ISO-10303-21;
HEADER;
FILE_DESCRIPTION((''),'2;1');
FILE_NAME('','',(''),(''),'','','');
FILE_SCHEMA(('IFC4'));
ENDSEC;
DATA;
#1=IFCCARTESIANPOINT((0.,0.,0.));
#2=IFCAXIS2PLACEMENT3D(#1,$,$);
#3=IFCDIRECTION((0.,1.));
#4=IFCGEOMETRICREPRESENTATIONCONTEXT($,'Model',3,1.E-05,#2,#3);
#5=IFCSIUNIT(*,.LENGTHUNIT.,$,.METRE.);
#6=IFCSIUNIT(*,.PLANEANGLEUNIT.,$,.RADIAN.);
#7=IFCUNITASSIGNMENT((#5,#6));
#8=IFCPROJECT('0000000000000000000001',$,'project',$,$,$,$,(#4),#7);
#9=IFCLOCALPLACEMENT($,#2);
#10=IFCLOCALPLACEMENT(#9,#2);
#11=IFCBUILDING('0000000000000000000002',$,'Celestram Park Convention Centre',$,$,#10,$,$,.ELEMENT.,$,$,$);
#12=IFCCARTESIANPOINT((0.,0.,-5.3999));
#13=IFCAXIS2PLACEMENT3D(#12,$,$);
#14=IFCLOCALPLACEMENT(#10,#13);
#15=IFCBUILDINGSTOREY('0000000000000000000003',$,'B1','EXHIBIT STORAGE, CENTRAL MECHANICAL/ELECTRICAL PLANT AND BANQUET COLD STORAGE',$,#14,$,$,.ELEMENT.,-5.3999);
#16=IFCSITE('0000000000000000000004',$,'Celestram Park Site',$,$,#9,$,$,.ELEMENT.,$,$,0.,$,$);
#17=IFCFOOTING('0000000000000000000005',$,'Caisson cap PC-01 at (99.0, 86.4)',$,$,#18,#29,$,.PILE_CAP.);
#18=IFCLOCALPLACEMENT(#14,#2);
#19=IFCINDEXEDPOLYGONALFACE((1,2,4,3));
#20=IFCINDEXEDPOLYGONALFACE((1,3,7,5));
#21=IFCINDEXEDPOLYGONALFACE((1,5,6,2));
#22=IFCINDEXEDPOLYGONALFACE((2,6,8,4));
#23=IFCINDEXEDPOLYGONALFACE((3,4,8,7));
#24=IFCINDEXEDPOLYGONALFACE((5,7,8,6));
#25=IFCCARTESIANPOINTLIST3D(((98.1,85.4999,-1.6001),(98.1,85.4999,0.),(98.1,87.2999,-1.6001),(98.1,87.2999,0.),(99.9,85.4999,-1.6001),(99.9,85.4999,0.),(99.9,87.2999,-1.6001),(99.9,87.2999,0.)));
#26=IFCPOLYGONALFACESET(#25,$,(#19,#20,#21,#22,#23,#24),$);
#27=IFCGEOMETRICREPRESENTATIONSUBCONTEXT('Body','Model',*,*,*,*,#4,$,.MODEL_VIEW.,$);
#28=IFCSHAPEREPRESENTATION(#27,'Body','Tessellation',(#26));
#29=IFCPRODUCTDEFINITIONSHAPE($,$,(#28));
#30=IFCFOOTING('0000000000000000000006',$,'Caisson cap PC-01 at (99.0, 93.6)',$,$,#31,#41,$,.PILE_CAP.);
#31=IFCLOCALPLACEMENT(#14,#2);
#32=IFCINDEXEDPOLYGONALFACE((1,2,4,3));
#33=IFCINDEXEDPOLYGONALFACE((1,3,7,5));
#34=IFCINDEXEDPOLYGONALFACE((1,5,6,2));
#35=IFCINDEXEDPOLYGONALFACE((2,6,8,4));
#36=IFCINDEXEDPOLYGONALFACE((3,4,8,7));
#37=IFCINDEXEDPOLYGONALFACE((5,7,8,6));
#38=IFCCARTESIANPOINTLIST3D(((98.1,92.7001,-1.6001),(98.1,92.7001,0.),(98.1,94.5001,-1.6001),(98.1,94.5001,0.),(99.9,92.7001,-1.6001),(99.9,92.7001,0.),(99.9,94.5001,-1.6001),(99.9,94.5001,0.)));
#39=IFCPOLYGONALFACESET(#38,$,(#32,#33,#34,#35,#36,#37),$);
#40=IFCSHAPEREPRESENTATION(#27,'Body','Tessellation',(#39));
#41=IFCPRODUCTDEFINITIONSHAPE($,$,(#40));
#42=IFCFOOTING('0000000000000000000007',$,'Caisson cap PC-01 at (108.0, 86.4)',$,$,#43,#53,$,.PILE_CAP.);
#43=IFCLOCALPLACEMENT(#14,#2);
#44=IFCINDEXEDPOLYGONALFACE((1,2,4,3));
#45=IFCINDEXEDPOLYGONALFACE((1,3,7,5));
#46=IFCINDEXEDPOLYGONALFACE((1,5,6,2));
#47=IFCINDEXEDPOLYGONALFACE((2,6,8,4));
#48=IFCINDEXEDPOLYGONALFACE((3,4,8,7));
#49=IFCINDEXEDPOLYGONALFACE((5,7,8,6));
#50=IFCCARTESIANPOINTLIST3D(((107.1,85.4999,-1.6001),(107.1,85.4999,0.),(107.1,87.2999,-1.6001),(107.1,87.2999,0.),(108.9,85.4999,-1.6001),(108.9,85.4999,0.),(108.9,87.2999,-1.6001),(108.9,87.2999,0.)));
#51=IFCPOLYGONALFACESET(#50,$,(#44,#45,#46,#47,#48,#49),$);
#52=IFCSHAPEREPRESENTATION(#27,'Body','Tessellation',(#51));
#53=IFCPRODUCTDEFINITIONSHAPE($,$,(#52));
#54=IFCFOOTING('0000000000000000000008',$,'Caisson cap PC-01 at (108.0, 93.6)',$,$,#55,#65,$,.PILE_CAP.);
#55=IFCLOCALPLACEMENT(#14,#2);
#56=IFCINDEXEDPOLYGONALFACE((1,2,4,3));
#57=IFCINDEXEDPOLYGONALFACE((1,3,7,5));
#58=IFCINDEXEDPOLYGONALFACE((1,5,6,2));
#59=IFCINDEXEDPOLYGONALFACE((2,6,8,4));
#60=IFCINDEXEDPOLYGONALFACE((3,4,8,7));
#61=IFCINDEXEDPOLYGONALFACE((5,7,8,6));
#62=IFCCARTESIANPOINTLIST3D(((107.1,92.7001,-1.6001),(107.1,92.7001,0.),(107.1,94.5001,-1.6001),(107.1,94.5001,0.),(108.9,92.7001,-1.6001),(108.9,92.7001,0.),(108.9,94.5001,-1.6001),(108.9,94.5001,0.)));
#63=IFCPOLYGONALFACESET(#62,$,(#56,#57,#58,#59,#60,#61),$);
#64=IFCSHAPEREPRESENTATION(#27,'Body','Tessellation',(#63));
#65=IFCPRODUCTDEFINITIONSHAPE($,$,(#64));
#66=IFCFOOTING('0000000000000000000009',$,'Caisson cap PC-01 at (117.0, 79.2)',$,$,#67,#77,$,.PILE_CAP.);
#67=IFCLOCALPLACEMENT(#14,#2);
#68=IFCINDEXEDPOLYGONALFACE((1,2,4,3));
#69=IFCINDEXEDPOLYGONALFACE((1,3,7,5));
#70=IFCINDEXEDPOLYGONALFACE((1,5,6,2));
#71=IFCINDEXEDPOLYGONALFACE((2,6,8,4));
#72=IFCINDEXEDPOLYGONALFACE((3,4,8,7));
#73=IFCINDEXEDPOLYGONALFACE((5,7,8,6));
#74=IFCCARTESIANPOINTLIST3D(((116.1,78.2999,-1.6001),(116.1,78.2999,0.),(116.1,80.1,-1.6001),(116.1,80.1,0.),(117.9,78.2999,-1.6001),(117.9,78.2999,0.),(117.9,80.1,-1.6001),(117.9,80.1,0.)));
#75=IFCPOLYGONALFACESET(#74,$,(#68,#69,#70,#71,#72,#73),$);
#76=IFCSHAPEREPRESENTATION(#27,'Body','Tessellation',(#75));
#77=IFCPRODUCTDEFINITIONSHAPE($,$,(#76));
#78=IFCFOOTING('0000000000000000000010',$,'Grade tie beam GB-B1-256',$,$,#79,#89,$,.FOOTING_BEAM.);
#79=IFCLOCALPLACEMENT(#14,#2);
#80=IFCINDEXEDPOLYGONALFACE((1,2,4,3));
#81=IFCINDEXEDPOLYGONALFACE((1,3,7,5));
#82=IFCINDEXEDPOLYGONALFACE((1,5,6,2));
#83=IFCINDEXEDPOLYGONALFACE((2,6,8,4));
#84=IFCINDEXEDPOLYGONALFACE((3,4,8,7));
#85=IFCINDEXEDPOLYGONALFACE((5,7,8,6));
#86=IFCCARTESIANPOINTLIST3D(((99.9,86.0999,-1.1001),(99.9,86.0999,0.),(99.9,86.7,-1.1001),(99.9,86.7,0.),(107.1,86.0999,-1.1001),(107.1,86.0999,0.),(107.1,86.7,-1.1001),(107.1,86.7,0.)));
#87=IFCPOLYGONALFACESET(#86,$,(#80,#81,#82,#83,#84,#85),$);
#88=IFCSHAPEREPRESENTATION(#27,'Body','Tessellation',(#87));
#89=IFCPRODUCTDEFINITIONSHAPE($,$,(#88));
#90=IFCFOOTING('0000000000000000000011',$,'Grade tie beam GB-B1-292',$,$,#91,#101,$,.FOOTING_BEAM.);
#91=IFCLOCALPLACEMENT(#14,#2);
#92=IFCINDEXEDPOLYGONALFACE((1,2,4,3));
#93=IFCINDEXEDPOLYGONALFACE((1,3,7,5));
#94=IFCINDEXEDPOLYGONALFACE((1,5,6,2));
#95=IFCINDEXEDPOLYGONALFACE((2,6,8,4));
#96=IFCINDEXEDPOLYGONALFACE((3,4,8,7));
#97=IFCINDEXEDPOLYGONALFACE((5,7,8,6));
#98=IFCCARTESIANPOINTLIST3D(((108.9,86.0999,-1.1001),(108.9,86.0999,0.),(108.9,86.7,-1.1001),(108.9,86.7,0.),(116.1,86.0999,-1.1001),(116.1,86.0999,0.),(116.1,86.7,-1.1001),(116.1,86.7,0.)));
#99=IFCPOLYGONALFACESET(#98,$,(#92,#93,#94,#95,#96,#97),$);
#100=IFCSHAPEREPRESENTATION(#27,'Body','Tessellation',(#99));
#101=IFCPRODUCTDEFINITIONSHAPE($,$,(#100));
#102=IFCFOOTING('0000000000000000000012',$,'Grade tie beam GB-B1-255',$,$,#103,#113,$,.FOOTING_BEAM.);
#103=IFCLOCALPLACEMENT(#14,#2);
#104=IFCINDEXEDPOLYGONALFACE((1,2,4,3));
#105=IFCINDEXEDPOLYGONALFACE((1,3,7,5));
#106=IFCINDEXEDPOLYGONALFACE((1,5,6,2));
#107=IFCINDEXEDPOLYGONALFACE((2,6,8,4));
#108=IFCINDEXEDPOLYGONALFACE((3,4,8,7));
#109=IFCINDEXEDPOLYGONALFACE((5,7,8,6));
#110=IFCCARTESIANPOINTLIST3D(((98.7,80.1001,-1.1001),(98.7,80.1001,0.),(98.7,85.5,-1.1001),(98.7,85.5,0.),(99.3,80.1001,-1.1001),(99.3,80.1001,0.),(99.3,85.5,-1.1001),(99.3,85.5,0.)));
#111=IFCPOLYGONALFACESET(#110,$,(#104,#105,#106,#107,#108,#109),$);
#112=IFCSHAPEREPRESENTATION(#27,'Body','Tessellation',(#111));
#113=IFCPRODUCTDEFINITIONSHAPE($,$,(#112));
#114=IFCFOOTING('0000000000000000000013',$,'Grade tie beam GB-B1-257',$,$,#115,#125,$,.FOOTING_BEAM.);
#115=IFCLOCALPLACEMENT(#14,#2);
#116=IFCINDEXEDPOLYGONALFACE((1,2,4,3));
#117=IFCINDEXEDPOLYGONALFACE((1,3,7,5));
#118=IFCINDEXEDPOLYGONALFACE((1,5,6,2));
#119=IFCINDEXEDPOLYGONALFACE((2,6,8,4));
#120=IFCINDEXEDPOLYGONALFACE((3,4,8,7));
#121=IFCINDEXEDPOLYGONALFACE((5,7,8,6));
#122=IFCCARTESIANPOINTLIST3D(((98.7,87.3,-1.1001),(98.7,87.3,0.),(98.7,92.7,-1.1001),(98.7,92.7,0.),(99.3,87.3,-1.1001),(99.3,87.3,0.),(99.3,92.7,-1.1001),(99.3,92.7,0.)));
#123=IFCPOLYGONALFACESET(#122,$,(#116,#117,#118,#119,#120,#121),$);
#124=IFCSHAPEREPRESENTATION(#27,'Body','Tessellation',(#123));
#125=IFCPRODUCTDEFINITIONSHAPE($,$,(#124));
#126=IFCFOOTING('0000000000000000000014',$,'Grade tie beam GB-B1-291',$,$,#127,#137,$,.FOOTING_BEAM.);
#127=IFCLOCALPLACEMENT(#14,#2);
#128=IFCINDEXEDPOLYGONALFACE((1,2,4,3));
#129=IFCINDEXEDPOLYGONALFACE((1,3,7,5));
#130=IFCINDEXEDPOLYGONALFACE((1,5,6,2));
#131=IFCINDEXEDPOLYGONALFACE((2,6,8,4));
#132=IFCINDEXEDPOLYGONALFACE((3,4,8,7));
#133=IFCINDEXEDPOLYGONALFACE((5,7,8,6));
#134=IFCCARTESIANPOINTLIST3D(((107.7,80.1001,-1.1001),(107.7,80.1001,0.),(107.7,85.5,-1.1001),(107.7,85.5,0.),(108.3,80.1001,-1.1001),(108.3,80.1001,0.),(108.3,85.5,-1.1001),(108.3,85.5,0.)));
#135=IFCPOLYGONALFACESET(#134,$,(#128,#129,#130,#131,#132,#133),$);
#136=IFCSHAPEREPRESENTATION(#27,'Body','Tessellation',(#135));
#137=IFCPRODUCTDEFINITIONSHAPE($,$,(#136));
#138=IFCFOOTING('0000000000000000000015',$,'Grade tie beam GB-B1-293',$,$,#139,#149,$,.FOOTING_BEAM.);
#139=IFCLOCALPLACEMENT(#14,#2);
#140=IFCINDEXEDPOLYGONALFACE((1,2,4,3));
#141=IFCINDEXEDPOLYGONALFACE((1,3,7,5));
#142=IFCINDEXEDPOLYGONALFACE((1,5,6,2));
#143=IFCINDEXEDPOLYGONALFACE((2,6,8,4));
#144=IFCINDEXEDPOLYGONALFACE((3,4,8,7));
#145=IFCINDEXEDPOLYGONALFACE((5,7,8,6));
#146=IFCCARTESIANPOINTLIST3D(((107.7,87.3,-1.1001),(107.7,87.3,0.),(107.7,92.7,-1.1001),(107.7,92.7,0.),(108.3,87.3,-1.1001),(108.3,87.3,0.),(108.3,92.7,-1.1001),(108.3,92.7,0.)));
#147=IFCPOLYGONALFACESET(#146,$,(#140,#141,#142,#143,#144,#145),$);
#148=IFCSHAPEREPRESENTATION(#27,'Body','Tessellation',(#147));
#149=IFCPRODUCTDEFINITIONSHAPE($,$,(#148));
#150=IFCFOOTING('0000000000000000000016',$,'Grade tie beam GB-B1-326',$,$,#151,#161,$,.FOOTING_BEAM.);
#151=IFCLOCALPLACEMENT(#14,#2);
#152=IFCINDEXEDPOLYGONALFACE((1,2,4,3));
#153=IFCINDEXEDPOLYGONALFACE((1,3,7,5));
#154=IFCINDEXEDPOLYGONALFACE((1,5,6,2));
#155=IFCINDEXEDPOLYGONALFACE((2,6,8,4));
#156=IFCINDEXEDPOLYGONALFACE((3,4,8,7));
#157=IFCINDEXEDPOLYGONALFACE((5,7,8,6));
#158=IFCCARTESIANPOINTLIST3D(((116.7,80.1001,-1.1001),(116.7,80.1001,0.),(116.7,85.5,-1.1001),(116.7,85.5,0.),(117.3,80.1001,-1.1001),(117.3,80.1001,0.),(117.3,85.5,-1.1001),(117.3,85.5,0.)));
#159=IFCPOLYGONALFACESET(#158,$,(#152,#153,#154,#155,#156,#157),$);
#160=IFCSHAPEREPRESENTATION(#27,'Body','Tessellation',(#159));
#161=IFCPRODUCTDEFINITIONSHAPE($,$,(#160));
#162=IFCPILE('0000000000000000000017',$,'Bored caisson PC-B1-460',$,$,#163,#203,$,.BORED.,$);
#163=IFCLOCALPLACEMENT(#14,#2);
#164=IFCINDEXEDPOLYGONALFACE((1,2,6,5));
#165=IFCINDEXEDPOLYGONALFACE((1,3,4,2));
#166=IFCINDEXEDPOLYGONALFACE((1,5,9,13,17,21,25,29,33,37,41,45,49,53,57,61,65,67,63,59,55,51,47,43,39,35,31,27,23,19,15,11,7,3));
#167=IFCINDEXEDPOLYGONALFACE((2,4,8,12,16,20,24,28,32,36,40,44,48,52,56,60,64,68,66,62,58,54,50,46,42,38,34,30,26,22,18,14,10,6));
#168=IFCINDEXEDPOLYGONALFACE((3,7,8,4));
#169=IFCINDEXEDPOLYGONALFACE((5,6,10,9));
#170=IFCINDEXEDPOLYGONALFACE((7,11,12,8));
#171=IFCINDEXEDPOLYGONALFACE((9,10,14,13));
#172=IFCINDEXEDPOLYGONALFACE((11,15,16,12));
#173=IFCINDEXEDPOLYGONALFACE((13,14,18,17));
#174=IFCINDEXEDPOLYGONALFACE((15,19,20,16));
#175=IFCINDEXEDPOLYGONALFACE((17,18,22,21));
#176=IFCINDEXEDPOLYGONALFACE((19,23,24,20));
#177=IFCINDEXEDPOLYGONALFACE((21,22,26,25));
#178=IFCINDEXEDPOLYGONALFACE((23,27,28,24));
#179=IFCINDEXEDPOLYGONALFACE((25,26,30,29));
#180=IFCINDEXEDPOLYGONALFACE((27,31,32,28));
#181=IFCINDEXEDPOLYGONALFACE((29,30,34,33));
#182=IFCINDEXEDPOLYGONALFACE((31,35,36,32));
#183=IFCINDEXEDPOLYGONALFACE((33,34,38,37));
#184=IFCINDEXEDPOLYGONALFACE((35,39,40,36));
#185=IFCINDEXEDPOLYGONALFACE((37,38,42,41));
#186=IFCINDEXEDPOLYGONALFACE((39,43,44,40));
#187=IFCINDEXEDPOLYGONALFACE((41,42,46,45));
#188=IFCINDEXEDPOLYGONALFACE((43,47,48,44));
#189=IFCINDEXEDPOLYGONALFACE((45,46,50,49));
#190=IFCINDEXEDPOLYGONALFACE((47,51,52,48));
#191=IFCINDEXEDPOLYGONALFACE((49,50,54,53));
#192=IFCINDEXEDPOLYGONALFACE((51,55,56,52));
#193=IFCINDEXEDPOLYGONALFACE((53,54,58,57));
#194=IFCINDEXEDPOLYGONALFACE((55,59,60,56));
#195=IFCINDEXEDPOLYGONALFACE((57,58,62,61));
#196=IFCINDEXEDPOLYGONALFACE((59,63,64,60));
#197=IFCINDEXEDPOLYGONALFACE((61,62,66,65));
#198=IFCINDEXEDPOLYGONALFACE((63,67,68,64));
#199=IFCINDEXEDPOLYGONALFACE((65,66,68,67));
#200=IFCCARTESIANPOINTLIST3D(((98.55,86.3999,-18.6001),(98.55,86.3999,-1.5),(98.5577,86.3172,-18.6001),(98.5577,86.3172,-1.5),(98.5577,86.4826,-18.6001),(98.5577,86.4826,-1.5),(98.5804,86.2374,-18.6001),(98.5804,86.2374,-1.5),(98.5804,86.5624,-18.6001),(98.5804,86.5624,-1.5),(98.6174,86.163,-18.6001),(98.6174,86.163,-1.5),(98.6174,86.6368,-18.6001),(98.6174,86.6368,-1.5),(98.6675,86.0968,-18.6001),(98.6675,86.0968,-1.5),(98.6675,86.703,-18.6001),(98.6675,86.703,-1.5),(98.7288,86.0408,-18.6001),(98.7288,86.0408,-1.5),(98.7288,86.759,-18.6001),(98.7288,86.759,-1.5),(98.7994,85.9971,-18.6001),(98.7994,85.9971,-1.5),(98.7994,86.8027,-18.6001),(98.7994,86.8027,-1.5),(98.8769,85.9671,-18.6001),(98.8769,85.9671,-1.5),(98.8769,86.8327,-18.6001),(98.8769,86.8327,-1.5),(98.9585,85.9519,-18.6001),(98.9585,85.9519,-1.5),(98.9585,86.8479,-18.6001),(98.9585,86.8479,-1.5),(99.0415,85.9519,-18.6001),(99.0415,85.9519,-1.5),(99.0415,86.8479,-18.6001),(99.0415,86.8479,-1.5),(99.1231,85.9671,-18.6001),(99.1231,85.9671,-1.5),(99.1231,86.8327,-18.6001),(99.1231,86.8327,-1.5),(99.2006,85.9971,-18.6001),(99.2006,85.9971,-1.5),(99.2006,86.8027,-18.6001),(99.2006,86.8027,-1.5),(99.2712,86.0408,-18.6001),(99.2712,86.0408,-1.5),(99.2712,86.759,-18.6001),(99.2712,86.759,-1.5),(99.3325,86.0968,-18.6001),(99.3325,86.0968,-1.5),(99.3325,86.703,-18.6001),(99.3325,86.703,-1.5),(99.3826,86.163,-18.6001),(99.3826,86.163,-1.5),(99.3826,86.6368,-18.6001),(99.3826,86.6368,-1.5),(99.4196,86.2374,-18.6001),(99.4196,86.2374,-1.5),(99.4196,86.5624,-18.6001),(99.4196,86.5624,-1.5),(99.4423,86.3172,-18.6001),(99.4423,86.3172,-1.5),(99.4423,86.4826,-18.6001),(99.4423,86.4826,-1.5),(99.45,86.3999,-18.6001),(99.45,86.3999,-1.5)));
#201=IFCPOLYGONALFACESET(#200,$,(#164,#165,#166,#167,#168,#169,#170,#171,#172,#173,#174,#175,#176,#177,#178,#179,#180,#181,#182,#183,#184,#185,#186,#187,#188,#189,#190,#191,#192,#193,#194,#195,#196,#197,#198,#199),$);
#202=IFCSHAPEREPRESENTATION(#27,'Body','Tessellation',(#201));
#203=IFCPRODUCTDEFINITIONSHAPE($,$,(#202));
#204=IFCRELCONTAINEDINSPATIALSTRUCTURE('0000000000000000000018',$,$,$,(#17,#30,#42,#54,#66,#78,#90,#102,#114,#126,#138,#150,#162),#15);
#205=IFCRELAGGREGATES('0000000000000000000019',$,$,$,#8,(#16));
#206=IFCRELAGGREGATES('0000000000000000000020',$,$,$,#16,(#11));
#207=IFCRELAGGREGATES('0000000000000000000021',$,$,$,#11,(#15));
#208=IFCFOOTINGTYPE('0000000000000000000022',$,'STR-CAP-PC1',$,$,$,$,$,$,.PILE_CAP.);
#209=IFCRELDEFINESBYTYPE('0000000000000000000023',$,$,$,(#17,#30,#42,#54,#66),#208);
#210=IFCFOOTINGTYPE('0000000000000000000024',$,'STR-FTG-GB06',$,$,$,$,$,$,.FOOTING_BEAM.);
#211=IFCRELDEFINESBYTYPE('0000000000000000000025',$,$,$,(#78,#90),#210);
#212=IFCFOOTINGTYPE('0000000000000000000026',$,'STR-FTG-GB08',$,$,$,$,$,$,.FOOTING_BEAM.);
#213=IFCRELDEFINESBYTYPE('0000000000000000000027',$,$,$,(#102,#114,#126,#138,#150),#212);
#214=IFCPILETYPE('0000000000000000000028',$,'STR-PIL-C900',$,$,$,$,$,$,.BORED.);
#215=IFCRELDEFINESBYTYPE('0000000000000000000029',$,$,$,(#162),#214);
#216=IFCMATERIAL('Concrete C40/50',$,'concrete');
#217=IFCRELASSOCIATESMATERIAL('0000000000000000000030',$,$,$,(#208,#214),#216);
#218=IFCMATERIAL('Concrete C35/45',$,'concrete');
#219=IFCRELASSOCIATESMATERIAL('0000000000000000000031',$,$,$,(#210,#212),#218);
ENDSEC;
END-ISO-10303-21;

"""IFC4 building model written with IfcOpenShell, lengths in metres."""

from ifc_helpers import new_model, si_unit, direction, frame, origin, origin_2d, place, context, subcontext, project, spatial, rectangle, circle, extrude, material, material_profile, profile_set, type_object, element, save


model = new_model("IFC4")

# Units and contexts
model_context = context("Model", 3, precision=1e-05, world=origin(), true_north=direction((0.0, 1.0)))
body_context = subcontext(model_context, "Body", "Model", "MODEL_VIEW")
ifc_project = project(units=[si_unit("LENGTHUNIT", "METRE"), si_unit("PLANEANGLEUNIT", "RADIAN")], contexts=[model_context])

# Site, building, storey
site_placement = place(None, origin())
site = spatial("IfcSite", under=ifc_project, at=site_placement, Name="Celestram Park Site", CompositionType="ELEMENT", RefElevation=0.0)
building_placement = place(site_placement, origin())
building = spatial("IfcBuilding", under=site, at=building_placement, Name="Celestram Park Convention Centre", CompositionType="ELEMENT")
storey_placement = place(building_placement, frame((0.0, 0.0, -5.3999)))
storey = spatial("IfcBuildingStorey", under=building, at=storey_placement, Name="B1", Description="EXHIBIT STORAGE, CENTRAL MECHANICAL/ELECTRICAL PLANT AND BANQUET COLD STORAGE", CompositionType="ELEMENT", Elevation=-5.3999)

# Footings
ifc_material_1 = material(Name="Concrete C40/50", Category="concrete")
footing_type_1 = type_object("IfcFootingType", Name="STR-CAP-PC1", PredefinedType="PILE_CAP", material=ifc_material_1)
for number, where, z_axis, x_axis, name in (
    (1, (99.0, 86.3999, -1.6001), (0.0, 0.0, 1.0), (1.0, 0.0, 0.0), "Caisson cap PC-01 at (99.0, 86.4)"),
    (2, (99.0, 93.6001, -1.6001), (0.0, 0.0, 1.0), (1.0, 0.0, 0.0), "Caisson cap PC-01 at (99.0, 93.6)"),
    (3, (108.0, 86.3999, -1.6001), (0.0, 0.0, 1.0), (1.0, 0.0, 0.0), "Caisson cap PC-01 at (108.0, 86.4)"),
    (4, (108.0, 93.6001, -1.6001), (0.0, 0.0, 1.0), (1.0, 0.0, 0.0), "Caisson cap PC-01 at (108.0, 93.6)"),
    (5, (117.0, 79.2, -1.6001), (0.0, 0.0, 1.0), (1.0, 0.0, 0.0), "Caisson cap PC-01 at (117.0, 79.2)"),
):
    element("IfcFooting", number, at=place(storey_placement, frame(where, z_axis=z_axis, x_axis=x_axis)), inside=storey, type_object=footing_type_1, Name=name, PredefinedType="PILE_CAP", context=body_context, shape_type="SweptSolid", body=[
        extrude(rectangle(XDim=1.8, YDim=1.8, at=origin_2d()), origin(), (0.0, 0.0, 1.0), 1.6001),
    ])
ifc_material_2 = material(Name="Concrete C35/45", Category="concrete")
footing_type_2 = type_object("IfcFootingType", Name="STR-FTG-GB06", PredefinedType="FOOTING_BEAM", material=ifc_material_2)
for number, where, z_axis, x_axis, name in (
    (6, (103.5, 86.3999, -1.1001), (0.0, 0.0, 1.0), (1.0, 0.0, 0.0), "Grade tie beam GB-B1-256"),
    (7, (112.5, 86.3999, -1.1001), (0.0, 0.0, 1.0), (1.0, 0.0, 0.0), "Grade tie beam GB-B1-292"),
):
    element("IfcFooting", number, at=place(storey_placement, frame(where, z_axis=z_axis, x_axis=x_axis)), inside=storey, type_object=footing_type_2, Name=name, PredefinedType="FOOTING_BEAM", context=body_context, shape_type="SweptSolid", body=[
        extrude(rectangle(XDim=7.2, YDim=0.6001, at=origin_2d()), origin(), (0.0, 0.0, 1.0), 1.1001),
    ])
footing_type_3 = type_object("IfcFootingType", Name="STR-FTG-GB08", PredefinedType="FOOTING_BEAM", material=ifc_material_2)
for number, where, z_axis, x_axis, name in (
    (8, (99.0, 82.8, -1.1001), (0.0, 0.0, 1.0), (0.0, 1.0, 0.0), "Grade tie beam GB-B1-255"),
    (9, (99.0, 90.0, -1.1001), (0.0, 0.0, 1.0), (0.0, 1.0, 0.0), "Grade tie beam GB-B1-257"),
    (10, (108.0, 82.8, -1.1001), (0.0, 0.0, 1.0), (0.0, 1.0, 0.0), "Grade tie beam GB-B1-291"),
    (11, (108.0, 90.0, -1.1001), (0.0, 0.0, 1.0), (0.0, 1.0, 0.0), "Grade tie beam GB-B1-293"),
    (12, (117.0, 82.8, -1.1001), (0.0, 0.0, 1.0), (0.0, 1.0, 0.0), "Grade tie beam GB-B1-326"),
):
    element("IfcFooting", number, at=place(storey_placement, frame(where, z_axis=z_axis, x_axis=x_axis)), inside=storey, type_object=footing_type_3, Name=name, PredefinedType="FOOTING_BEAM", context=body_context, shape_type="SweptSolid", body=[
        extrude(rectangle(XDim=5.3999, YDim=0.6001, at=origin_2d()), origin(), (0.0, 0.0, 1.0), 1.1001),
    ])

# Pile
ifc_material_profile_1 = material_profile(ifc_material_1, circle(Radius=0.45, at=origin_2d()), Name="CAISSON900")
ifc_profile_set_1 = profile_set([ifc_material_profile_1], Name="Concrete C40/50")
pile_type = type_object("IfcPileType", Name="STR-PIL-C900", PredefinedType="BORED", material=ifc_profile_set_1)
for number, where, z_axis, x_axis, name in (
    (13, (99.0, 86.3999, -1.5), (0.0, 0.0, -1.0), (1.0, 0.0, 0.0), "Bored caisson PC-B1-460"),
):
    element("IfcPile", number, at=place(storey_placement, frame(where, z_axis=z_axis, x_axis=x_axis)), inside=storey, type_object=pile_type, Name=name, PredefinedType="BORED", context=body_context, shape_type="SweptSolid", body=[
        extrude(circle(Radius=0.45, at=origin_2d()), origin(), (0.0, 0.0, 1.0), 17.1001),
    ])

save(model, "model.ifc")
